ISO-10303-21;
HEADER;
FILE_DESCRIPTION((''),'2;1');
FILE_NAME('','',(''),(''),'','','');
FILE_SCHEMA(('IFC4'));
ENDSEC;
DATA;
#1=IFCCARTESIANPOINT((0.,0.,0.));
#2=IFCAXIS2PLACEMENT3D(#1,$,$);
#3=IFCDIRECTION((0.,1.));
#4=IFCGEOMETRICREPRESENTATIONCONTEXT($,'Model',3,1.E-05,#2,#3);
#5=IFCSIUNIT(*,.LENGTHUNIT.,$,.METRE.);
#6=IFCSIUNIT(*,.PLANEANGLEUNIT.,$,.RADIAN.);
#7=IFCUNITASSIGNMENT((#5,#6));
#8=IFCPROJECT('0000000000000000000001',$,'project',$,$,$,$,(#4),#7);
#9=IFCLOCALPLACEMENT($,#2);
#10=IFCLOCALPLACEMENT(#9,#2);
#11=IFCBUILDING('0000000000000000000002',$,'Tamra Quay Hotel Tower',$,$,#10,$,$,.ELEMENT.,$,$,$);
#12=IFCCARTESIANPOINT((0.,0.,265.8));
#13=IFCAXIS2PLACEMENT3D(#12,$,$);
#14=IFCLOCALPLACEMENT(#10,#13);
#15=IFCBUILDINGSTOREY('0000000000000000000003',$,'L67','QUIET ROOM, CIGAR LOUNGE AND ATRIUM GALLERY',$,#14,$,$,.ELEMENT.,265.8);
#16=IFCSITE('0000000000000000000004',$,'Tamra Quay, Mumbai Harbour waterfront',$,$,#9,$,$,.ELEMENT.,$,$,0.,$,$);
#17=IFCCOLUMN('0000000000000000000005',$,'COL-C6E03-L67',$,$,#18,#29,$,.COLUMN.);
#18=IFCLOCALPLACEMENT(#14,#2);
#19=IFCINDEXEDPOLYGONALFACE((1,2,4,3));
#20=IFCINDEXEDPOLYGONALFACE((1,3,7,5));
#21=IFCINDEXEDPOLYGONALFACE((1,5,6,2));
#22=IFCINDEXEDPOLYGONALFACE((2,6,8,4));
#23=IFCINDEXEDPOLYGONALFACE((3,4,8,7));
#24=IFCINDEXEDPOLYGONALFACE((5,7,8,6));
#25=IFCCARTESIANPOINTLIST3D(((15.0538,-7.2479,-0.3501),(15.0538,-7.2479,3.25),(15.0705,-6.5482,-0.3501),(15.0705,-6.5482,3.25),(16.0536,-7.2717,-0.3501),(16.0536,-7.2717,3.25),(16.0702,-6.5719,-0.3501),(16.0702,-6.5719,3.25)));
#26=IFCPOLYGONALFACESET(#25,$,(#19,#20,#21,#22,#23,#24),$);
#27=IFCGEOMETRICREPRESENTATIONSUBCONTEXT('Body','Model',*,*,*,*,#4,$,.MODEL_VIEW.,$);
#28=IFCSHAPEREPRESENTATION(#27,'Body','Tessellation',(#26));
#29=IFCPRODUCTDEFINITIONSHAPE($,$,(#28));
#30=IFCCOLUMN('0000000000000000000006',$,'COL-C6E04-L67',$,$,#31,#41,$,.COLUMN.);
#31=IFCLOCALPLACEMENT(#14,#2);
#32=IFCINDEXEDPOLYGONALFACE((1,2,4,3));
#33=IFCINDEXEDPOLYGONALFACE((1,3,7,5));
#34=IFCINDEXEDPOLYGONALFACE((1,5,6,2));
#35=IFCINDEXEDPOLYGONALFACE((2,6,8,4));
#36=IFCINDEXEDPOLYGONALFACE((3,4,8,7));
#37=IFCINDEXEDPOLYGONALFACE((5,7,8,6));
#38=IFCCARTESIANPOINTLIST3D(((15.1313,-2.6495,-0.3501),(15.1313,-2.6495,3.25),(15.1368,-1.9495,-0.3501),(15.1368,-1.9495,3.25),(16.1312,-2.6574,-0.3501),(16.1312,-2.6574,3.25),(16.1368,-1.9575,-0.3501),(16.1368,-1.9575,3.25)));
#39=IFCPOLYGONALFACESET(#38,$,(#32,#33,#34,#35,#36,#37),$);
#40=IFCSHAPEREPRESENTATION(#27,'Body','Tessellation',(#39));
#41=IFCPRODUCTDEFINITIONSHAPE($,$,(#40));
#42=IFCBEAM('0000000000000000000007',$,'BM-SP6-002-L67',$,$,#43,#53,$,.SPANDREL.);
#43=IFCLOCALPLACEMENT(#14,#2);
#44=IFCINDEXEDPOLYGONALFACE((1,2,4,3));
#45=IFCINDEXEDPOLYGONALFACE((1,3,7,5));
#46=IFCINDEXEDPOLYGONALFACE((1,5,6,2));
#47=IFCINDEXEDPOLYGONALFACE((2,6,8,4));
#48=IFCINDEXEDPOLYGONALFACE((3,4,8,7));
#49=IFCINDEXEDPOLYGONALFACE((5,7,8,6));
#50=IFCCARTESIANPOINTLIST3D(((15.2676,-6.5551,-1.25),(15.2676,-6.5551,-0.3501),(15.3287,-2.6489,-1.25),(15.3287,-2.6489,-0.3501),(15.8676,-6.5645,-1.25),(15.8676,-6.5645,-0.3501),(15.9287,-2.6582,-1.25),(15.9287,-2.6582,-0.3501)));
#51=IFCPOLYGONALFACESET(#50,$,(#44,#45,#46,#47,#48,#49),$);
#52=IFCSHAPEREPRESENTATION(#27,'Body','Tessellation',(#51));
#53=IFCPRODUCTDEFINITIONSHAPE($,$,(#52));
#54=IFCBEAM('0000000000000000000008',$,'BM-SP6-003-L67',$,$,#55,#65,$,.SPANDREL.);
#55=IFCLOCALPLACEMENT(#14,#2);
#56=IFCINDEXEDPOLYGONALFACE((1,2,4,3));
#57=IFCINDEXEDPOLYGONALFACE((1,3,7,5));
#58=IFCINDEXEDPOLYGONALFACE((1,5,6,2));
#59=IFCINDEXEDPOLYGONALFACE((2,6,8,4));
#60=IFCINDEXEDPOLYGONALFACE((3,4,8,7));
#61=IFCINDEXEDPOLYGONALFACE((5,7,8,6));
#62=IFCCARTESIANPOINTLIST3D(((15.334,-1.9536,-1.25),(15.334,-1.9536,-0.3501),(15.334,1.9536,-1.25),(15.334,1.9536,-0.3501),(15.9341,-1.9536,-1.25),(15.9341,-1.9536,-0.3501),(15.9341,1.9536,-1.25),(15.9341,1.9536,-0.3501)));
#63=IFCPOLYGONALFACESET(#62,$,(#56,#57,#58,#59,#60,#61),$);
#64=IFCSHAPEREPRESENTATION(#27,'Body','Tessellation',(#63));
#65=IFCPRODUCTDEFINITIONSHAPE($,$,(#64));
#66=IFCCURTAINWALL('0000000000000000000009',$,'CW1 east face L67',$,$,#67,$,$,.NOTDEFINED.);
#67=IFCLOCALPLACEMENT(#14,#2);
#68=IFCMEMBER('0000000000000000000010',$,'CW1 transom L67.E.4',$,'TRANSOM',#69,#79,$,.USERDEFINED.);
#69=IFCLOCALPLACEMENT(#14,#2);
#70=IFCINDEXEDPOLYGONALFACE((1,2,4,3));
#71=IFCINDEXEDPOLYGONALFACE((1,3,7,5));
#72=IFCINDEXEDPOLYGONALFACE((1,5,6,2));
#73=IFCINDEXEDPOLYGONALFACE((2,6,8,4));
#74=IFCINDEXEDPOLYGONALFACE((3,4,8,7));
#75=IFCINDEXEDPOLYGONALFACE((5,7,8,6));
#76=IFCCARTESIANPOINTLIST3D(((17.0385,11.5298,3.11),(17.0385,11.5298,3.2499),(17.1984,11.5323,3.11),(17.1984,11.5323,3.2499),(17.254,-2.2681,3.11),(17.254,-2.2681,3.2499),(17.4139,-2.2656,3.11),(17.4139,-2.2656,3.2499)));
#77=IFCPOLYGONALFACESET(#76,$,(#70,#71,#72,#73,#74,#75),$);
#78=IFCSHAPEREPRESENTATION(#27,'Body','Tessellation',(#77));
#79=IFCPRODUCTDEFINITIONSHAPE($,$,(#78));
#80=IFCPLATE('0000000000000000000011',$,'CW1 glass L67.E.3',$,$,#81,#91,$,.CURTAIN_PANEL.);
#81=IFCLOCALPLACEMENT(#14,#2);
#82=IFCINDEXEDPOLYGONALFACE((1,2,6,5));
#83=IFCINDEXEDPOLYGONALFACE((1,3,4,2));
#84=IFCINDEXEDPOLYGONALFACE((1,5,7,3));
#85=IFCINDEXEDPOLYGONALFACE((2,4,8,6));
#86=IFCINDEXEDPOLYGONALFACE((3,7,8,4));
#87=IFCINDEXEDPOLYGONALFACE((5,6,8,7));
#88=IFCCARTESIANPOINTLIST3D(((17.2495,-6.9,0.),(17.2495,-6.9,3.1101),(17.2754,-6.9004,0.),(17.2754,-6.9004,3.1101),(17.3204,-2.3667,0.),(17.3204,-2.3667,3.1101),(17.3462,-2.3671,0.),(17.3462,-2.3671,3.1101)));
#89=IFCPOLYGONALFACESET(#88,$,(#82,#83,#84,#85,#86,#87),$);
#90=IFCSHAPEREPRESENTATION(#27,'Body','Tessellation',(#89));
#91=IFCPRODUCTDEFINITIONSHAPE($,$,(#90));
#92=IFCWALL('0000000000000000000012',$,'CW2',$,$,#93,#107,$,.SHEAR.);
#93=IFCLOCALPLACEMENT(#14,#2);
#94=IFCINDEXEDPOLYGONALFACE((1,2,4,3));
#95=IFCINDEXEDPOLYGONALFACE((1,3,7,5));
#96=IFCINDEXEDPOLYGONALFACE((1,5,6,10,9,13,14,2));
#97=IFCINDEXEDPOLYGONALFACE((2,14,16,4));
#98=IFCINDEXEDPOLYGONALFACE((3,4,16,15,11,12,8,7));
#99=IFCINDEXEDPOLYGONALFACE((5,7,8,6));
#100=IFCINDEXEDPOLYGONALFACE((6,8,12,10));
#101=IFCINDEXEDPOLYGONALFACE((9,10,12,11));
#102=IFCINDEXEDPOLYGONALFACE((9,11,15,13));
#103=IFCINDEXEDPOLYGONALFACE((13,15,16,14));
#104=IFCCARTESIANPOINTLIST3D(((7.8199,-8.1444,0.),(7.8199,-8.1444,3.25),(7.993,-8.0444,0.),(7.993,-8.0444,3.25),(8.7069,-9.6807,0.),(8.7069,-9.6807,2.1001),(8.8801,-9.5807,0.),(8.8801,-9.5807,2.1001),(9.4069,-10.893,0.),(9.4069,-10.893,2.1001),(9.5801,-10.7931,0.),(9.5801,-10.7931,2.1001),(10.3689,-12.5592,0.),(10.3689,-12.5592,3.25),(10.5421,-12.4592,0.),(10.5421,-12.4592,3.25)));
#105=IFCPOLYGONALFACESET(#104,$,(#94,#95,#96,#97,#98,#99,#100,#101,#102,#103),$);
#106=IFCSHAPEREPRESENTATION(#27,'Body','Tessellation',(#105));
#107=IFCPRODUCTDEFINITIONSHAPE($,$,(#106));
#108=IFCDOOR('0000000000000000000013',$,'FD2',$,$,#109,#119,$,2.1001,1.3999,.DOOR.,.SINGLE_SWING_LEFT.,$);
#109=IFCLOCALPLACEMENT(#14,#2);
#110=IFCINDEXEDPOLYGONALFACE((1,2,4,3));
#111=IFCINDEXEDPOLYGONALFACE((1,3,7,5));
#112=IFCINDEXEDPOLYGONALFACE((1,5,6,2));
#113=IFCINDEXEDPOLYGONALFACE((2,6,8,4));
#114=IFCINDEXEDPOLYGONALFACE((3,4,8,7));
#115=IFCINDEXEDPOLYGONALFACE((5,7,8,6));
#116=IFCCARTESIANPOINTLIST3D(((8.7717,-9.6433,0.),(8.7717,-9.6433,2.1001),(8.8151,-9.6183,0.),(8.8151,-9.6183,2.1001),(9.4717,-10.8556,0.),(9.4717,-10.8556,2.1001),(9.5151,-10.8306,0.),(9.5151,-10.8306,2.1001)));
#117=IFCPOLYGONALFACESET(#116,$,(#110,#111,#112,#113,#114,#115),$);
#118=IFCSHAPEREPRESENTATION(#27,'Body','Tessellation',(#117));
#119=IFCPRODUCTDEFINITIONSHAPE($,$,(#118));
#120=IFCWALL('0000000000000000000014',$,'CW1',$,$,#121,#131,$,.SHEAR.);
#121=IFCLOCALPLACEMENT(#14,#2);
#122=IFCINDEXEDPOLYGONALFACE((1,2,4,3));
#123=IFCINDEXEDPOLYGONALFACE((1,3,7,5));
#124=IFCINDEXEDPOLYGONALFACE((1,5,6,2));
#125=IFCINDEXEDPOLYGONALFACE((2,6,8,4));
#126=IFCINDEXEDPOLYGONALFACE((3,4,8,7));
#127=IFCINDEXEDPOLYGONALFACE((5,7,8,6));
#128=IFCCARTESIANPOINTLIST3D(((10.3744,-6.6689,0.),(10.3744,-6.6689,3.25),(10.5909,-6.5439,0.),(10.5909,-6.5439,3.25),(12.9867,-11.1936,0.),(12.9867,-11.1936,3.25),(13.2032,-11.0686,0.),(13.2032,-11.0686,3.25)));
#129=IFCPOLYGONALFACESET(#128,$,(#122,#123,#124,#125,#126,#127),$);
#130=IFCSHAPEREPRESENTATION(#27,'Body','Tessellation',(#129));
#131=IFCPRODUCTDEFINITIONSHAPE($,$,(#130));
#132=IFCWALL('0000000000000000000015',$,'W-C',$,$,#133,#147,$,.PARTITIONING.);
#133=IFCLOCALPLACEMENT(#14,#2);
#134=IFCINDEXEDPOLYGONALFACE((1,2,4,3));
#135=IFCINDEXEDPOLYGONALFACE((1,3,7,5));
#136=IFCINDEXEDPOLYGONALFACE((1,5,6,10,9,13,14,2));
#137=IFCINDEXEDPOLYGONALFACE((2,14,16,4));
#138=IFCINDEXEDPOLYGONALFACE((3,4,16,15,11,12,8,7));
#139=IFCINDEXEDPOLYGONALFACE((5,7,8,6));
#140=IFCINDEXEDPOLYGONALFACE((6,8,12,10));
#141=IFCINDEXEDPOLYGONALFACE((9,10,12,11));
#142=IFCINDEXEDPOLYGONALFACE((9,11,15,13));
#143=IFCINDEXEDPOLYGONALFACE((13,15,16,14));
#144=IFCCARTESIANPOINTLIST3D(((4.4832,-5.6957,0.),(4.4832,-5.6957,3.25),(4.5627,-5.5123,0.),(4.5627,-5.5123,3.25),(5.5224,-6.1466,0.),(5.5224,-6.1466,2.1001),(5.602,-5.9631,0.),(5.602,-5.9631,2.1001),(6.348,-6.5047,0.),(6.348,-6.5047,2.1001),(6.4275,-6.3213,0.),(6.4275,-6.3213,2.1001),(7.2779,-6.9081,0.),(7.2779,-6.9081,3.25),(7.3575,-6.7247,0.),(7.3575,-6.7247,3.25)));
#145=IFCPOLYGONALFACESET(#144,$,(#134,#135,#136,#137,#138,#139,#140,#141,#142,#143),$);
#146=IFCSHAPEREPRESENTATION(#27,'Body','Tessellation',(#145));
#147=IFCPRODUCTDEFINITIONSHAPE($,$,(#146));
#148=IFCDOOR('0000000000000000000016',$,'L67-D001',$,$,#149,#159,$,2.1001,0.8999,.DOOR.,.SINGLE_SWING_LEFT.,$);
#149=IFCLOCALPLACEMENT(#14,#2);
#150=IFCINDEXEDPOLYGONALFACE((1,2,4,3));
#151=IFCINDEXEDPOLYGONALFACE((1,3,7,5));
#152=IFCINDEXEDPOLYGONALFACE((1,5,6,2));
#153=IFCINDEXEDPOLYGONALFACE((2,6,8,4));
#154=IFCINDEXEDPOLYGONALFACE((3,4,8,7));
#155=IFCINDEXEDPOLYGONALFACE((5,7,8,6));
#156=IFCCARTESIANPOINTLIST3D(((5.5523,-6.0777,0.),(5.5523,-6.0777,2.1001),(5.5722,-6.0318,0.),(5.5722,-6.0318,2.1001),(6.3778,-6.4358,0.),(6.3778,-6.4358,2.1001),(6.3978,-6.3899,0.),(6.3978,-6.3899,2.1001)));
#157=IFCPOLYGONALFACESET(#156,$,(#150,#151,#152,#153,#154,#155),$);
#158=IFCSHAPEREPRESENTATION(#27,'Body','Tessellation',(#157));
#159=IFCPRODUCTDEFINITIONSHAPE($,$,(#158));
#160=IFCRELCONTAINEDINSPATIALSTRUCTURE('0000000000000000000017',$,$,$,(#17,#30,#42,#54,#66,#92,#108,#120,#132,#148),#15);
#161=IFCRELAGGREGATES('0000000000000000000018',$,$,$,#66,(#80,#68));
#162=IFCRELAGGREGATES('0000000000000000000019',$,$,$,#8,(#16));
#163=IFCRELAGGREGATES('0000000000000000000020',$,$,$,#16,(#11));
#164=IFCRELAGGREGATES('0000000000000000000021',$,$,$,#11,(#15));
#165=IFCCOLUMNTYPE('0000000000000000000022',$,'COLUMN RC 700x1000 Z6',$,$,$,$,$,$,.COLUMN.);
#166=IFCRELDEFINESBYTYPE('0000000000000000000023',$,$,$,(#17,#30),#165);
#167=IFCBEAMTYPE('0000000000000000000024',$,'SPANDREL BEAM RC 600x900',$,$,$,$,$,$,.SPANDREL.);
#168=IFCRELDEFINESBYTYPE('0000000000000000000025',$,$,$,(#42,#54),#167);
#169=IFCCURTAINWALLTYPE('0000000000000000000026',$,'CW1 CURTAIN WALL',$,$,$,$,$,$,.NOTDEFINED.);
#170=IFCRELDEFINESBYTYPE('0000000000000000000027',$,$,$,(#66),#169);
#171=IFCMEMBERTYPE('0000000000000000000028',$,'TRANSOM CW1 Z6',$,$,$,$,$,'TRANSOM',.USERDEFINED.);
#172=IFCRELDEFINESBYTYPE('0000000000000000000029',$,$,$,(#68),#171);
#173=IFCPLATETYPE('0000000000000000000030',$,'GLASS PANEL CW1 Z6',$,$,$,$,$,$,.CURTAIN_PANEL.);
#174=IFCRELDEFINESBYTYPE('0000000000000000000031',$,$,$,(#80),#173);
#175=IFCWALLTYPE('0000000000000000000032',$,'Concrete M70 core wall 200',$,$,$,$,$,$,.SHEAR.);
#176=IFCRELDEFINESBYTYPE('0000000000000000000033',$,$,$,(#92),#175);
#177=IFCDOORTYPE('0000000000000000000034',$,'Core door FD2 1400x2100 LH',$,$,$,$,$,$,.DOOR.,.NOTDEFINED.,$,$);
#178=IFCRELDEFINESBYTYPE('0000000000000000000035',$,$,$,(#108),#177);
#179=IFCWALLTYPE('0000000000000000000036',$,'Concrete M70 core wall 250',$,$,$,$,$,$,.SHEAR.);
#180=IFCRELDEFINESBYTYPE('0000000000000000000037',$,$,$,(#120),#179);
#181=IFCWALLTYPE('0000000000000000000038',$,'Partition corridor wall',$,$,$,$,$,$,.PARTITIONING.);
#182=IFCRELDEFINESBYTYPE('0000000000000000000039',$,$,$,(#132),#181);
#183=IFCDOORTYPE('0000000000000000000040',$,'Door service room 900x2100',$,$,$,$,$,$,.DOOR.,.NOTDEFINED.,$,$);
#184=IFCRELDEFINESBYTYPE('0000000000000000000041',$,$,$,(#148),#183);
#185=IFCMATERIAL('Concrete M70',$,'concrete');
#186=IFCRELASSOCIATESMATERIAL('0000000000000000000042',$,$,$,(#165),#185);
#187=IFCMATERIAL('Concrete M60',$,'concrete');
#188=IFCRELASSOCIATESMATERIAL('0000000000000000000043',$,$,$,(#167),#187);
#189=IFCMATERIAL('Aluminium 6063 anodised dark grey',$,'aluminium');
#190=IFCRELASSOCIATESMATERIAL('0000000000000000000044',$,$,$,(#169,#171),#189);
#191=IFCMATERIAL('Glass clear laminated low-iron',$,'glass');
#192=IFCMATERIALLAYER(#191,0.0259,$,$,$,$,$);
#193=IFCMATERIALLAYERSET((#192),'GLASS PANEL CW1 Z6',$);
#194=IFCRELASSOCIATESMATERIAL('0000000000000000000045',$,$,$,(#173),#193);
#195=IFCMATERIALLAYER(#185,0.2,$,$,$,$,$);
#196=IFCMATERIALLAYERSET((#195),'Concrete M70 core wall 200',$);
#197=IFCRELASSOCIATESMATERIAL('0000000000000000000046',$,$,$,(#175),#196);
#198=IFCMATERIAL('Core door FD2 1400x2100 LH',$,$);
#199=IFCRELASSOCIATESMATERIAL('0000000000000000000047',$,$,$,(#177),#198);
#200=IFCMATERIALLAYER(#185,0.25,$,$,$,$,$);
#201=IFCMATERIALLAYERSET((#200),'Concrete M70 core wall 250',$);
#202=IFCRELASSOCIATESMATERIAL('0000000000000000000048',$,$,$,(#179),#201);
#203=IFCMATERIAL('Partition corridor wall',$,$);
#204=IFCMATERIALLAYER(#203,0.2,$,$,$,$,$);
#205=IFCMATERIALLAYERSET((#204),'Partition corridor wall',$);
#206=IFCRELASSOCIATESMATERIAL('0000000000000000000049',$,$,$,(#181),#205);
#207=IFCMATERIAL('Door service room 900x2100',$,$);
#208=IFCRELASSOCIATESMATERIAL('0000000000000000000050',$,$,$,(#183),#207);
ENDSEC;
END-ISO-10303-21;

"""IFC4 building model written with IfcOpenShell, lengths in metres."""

from ifc_helpers import new_model, si_unit, direction, frame, frame_2d, origin, origin_2d, place, context, subcontext, project, spatial, rectangle, extrude, material, layer, layer_set, material_profile, profile_set, type_object, element, fill, aggregate, save


model = new_model("IFC4")

# Units and contexts
model_context = context("Model", 3, precision=1e-05, world=origin(), true_north=direction((0.0, 1.0)))
body_context = subcontext(model_context, "Body", "Model", "MODEL_VIEW")
ifc_project = project(units=[si_unit("LENGTHUNIT", "METRE"), si_unit("PLANEANGLEUNIT", "RADIAN")], contexts=[model_context])

# Site, building, storey
site_placement = place(None, origin())
site = spatial("IfcSite", under=ifc_project, at=site_placement, Name="Tamra Quay, Mumbai Harbour waterfront", CompositionType="ELEMENT", RefElevation=0.0)
building_placement = place(site_placement, origin())
building = spatial("IfcBuilding", under=site, at=building_placement, Name="Tamra Quay Hotel Tower", CompositionType="ELEMENT")
storey_placement = place(building_placement, frame((0.0, 0.0, 265.8)))
storey = spatial("IfcBuildingStorey", under=building, at=storey_placement, Name="L67", Description="QUIET ROOM, CIGAR LOUNGE AND ATRIUM GALLERY", CompositionType="ELEMENT", Elevation=265.8)

# Columns
ifc_material_1 = material(Name="Concrete M70", Category="concrete")
ifc_material_profile_1 = material_profile(ifc_material_1, rectangle(XDim=1.0, YDim=0.7, at=origin_2d()), Name="COLUMN RC 700x1000 Z6")
ifc_profile_set_1 = profile_set([ifc_material_profile_1], Name="Concrete M70")
column_type = type_object("IfcColumnType", Name="COLUMN RC 700x1000 Z6", PredefinedType="COLUMN", material=ifc_profile_set_1)
for number, where, z_axis, x_axis, name in (
    (1, (15.562, -6.9099, -0.3501), (0.0, 0.0, 1.0), (-0.999718, 0.023753, 0.0), "COL-C6E03-L67"),
    (2, (15.634, -2.3035, -0.3501), (0.0, 0.0, 1.0), (-0.999969, 0.00792, 0.0), "COL-C6E04-L67"),
):
    element("IfcColumn", number, at=place(storey_placement, frame(where, z_axis=z_axis, x_axis=x_axis)), inside=storey, type_object=column_type, Name=name, PredefinedType="COLUMN", context=body_context, shape_type="SweptSolid", body=[
        extrude(rectangle(XDim=1.0, YDim=0.7, at=origin_2d()), origin(), (0.0, 0.0, 1.0), 3.6001),
    ])

# Beams
ifc_material_2 = material(Name="Concrete M60", Category="concrete")
ifc_material_profile_2 = material_profile(ifc_material_2, rectangle(XDim=0.6001, YDim=0.8999, at=origin_2d()), Name="SPANDREL BEAM RC 600x900")
ifc_profile_set_2 = profile_set([ifc_material_profile_2], Name="Concrete M60")
beam_type = type_object("IfcBeamType", Name="SPANDREL BEAM RC 600x900", PredefinedType="SPANDREL", material=ifc_profile_set_2)
beam_1_placement = place(storey_placement, frame((15.5676, -6.5598, -0.8), z_axis=(0.015623, 0.999878, 0.0), x_axis=(-0.999878, 0.015623, 0.0)))
element("IfcBeam", 3, at=beam_1_placement, inside=storey, type_object=beam_type, Name="BM-SP6-002-L67", PredefinedType="SPANDREL", context=body_context, shape_type="SweptSolid", body=[
    extrude(rectangle(XDim=0.6001, YDim=0.8999, at=origin_2d()), origin(), (0.0, 0.0, 1.0), 3.9067),
])
beam_2_placement = place(storey_placement, frame((15.634, -1.9536, -0.8), z_axis=(0.0, 1.0, 0.0), x_axis=(-1.0, 0.0, 0.0)))
element("IfcBeam", 4, at=beam_2_placement, inside=storey, type_object=beam_type, Name="BM-SP6-003-L67", PredefinedType="SPANDREL", context=body_context, shape_type="SweptSolid", body=[
    extrude(rectangle(XDim=0.6001, YDim=0.8999, at=origin_2d()), origin(), (0.0, 0.0, 1.0), 3.9072),
])

# Curtain wall, member, plate
ifc_material_3 = material(Name="Aluminium 6063 anodised dark grey", Category="aluminium")
curtain_wall_type = type_object("IfcCurtainWallType", Name="CW1 CURTAIN WALL", PredefinedType="NOTDEFINED", material=ifc_material_3)
curtain_wall_placement = place(storey_placement, origin())
curtain_wall = element("IfcCurtainWall", 5, at=curtain_wall_placement, inside=storey, type_object=curtain_wall_type, Name="CW1 east face L67", PredefinedType="NOTDEFINED")
ifc_material_profile_3 = material_profile(ifc_material_3, rectangle(XDim=0.1599, YDim=0.1399, at=origin_2d()), Name="TRANSOM 160X140")
ifc_profile_set_3 = profile_set([ifc_material_profile_3], Name="Aluminium 6063 anodised dark grey")
member_type = type_object("IfcMemberType", Name="TRANSOM CW1 Z6", ElementType="TRANSOM", PredefinedType="USERDEFINED", material=ifc_profile_set_3)
member_placement = place(storey_placement, frame((17.334, -2.2668, 3.1799), z_axis=(-0.015622, 0.999878, 0.0), x_axis=(-0.999878, -0.015622, 0.0)))
member = element("IfcMember", 6, at=member_placement, type_object=member_type, Name="CW1 transom L67.E.4", ObjectType="TRANSOM", PredefinedType="USERDEFINED", context=body_context, shape_type="SweptSolid", body=[
    extrude(rectangle(XDim=0.1599, YDim=0.1399, at=origin_2d()), origin(), (0.0, 0.0, 1.0), 13.7996),
])
ifc_material_4 = material(Name="Glass clear laminated low-iron", Category="glass")
ifc_layer_1 = layer(ifc_material_4, 0.0259)
ifc_layer_set_1 = layer_set([ifc_layer_1], Name="GLASS PANEL CW1 Z6")
plate_type = type_object("IfcPlateType", Name="GLASS PANEL CW1 Z6", PredefinedType="CURTAIN_PANEL", material=ifc_layer_set_1)
plate_placement = place(storey_placement, frame((17.2979, -4.6335, 0.0), z_axis=(0.0, 0.0, 1.0), x_axis=(0.015632, 0.999878, 0.0)))
plate = element("IfcPlate", 7, at=plate_placement, type_object=plate_type, Name="CW1 glass L67.E.3", PredefinedType="CURTAIN_PANEL", context=body_context, shape_type="SweptSolid", body=[
    extrude(rectangle(XDim=4.5339, YDim=0.0259, at=origin_2d()), origin(), (0.0, 0.0, 1.0), 3.1101),
])
aggregate(curtain_wall, [plate, member])

# Wall, opening, door
ifc_layer_2 = layer(ifc_material_1, 0.2)
ifc_layer_set_2 = layer_set([ifc_layer_2], Name="Concrete M70 core wall 200")
wall_type_1 = type_object("IfcWallType", Name="Concrete M70 core wall 200", PredefinedType="SHEAR", material=ifc_layer_set_2)
wall_1_placement = place(storey_placement, frame((7.9065, -8.0945, 0.0), z_axis=(0.0, 0.0, 1.0), x_axis=(0.500028, -0.866009, 0.0)))
wall_1 = element("IfcWall", 8, at=wall_1_placement, inside=storey, type_object=wall_type_1, Name="CW2", PredefinedType="SHEAR", context=body_context, shape_type="SweptSolid", body=[
    extrude(rectangle(XDim=5.0979, YDim=0.2, at=frame_2d((2.5488, 0.0))), origin(), (0.0, 0.0, 1.0), 3.25),
])
opening_1_placement = place(wall_1_placement, frame((1.7739, 0.0, 0.0)))
opening_1 = element("IfcOpeningElement", 9, at=opening_1_placement, cuts=wall_1, PredefinedType="OPENING", context=body_context, shape_type="SweptSolid", body=[
    extrude(rectangle(XDim=1.3999, YDim=2.1001, at=frame_2d((0.7, 1.05))), frame((0.0, 0.1099, 0.0), z_axis=(0.0, -1.0, 0.0), x_axis=(1.0, 0.0, 0.0)), (0.0, 0.0, 1.0), 0.22),
])
ifc_material_5 = material(Name="Core door FD2 1400x2100 LH")
door_type_1 = type_object("IfcDoorType", Name="Core door FD2 1400x2100 LH", OperationType="NOTDEFINED", PredefinedType="DOOR", material=ifc_material_5)
door_1_placement = place(opening_1_placement, origin())
door_1 = element("IfcDoor", 10, at=door_1_placement, inside=storey, type_object=door_type_1, Name="FD2", OperationType="SINGLE_SWING_LEFT", OverallHeight=2.1001, OverallWidth=1.3999, PredefinedType="DOOR", context=body_context, shape_type="SweptSolid", body=[
    extrude(rectangle(XDim=1.3999, YDim=2.1001, at=frame_2d((0.7, 1.05))), frame((0.0, 0.0249, 0.0), z_axis=(0.0, -1.0, 0.0), x_axis=(1.0, 0.0, 0.0)), (0.0, 0.0, 1.0), 0.05),
])
fill(opening_1, door_1)

# Wall
ifc_layer_3 = layer(ifc_material_1, 0.25)
ifc_layer_set_3 = layer_set([ifc_layer_3], Name="Concrete M70 core wall 250")
wall_type_2 = type_object("IfcWallType", Name="Concrete M70 core wall 250", PredefinedType="SHEAR", material=ifc_layer_set_3)
wall_2_placement = place(storey_placement, frame((10.4827, -6.6064, 0.0), z_axis=(0.0, 0.0, 1.0), x_axis=(0.499999, -0.866026, 0.0)))
element("IfcWall", 11, at=wall_2_placement, inside=storey, type_object=wall_type_2, Name="CW1", PredefinedType="SHEAR", context=body_context, shape_type="SweptSolid", body=[
    extrude(rectangle(XDim=5.2246, YDim=0.25, at=frame_2d((2.6123, 0.0))), origin(), (0.0, 0.0, 1.0), 3.25),
])

# Wall, opening, door
ifc_material_6 = material(Name="Partition corridor wall")
ifc_layer_4 = layer(ifc_material_6, 0.2)
ifc_layer_set_4 = layer_set([ifc_layer_4], Name="Partition corridor wall")
wall_type_3 = type_object("IfcWallType", Name="Partition corridor wall", PredefinedType="PARTITIONING", material=ifc_layer_set_4)
wall_3_placement = place(storey_placement, frame((4.5229, -5.604, 0.0), z_axis=(0.0, 0.0, 1.0), x_axis=(0.917391, -0.397987, 0.0)))
wall_3 = element("IfcWall", 12, at=wall_3_placement, inside=storey, type_object=wall_type_3, Name="W-C", PredefinedType="PARTITIONING", context=body_context, shape_type="SweptSolid", body=[
    extrude(rectangle(XDim=3.0464, YDim=0.2, at=frame_2d((1.5232, 0.0))), origin(), (0.0, 0.0, 1.0), 3.25),
])
opening_2_placement = place(wall_3_placement, frame((1.1328, 0.0, 0.0)))
opening_2 = element("IfcOpeningElement", 13, at=opening_2_placement, cuts=wall_3, PredefinedType="OPENING", context=body_context, shape_type="SweptSolid", body=[
    extrude(rectangle(XDim=0.8999, YDim=2.1001, at=frame_2d((0.45, 1.05))), frame((0.0, 0.1099, 0.0), z_axis=(0.0, -1.0, 0.0), x_axis=(1.0, 0.0, 0.0)), (0.0, 0.0, 1.0), 0.22),
])
ifc_material_7 = material(Name="Door service room 900x2100")
door_type_2 = type_object("IfcDoorType", Name="Door service room 900x2100", OperationType="NOTDEFINED", PredefinedType="DOOR", material=ifc_material_7)
door_2_placement = place(opening_2_placement, frame((0.8999, 0.0, 0.0), z_axis=(0.0, 0.0, 1.0), x_axis=(-1.0, 0.0, 0.0)))
door_2 = element("IfcDoor", 14, at=door_2_placement, inside=storey, type_object=door_type_2, Name="L67-D001", OperationType="SINGLE_SWING_LEFT", OverallHeight=2.1001, OverallWidth=0.8999, PredefinedType="DOOR", context=body_context, shape_type="SweptSolid", body=[
    extrude(rectangle(XDim=0.8999, YDim=2.1001, at=frame_2d((0.45, 1.05))), frame((0.0, 0.0249, 0.0), z_axis=(0.0, -1.0, 0.0), x_axis=(1.0, 0.0, 0.0)), (0.0, 0.0, 1.0), 0.05),
])
fill(opening_2, door_2)

save(model, "model.ifc")
